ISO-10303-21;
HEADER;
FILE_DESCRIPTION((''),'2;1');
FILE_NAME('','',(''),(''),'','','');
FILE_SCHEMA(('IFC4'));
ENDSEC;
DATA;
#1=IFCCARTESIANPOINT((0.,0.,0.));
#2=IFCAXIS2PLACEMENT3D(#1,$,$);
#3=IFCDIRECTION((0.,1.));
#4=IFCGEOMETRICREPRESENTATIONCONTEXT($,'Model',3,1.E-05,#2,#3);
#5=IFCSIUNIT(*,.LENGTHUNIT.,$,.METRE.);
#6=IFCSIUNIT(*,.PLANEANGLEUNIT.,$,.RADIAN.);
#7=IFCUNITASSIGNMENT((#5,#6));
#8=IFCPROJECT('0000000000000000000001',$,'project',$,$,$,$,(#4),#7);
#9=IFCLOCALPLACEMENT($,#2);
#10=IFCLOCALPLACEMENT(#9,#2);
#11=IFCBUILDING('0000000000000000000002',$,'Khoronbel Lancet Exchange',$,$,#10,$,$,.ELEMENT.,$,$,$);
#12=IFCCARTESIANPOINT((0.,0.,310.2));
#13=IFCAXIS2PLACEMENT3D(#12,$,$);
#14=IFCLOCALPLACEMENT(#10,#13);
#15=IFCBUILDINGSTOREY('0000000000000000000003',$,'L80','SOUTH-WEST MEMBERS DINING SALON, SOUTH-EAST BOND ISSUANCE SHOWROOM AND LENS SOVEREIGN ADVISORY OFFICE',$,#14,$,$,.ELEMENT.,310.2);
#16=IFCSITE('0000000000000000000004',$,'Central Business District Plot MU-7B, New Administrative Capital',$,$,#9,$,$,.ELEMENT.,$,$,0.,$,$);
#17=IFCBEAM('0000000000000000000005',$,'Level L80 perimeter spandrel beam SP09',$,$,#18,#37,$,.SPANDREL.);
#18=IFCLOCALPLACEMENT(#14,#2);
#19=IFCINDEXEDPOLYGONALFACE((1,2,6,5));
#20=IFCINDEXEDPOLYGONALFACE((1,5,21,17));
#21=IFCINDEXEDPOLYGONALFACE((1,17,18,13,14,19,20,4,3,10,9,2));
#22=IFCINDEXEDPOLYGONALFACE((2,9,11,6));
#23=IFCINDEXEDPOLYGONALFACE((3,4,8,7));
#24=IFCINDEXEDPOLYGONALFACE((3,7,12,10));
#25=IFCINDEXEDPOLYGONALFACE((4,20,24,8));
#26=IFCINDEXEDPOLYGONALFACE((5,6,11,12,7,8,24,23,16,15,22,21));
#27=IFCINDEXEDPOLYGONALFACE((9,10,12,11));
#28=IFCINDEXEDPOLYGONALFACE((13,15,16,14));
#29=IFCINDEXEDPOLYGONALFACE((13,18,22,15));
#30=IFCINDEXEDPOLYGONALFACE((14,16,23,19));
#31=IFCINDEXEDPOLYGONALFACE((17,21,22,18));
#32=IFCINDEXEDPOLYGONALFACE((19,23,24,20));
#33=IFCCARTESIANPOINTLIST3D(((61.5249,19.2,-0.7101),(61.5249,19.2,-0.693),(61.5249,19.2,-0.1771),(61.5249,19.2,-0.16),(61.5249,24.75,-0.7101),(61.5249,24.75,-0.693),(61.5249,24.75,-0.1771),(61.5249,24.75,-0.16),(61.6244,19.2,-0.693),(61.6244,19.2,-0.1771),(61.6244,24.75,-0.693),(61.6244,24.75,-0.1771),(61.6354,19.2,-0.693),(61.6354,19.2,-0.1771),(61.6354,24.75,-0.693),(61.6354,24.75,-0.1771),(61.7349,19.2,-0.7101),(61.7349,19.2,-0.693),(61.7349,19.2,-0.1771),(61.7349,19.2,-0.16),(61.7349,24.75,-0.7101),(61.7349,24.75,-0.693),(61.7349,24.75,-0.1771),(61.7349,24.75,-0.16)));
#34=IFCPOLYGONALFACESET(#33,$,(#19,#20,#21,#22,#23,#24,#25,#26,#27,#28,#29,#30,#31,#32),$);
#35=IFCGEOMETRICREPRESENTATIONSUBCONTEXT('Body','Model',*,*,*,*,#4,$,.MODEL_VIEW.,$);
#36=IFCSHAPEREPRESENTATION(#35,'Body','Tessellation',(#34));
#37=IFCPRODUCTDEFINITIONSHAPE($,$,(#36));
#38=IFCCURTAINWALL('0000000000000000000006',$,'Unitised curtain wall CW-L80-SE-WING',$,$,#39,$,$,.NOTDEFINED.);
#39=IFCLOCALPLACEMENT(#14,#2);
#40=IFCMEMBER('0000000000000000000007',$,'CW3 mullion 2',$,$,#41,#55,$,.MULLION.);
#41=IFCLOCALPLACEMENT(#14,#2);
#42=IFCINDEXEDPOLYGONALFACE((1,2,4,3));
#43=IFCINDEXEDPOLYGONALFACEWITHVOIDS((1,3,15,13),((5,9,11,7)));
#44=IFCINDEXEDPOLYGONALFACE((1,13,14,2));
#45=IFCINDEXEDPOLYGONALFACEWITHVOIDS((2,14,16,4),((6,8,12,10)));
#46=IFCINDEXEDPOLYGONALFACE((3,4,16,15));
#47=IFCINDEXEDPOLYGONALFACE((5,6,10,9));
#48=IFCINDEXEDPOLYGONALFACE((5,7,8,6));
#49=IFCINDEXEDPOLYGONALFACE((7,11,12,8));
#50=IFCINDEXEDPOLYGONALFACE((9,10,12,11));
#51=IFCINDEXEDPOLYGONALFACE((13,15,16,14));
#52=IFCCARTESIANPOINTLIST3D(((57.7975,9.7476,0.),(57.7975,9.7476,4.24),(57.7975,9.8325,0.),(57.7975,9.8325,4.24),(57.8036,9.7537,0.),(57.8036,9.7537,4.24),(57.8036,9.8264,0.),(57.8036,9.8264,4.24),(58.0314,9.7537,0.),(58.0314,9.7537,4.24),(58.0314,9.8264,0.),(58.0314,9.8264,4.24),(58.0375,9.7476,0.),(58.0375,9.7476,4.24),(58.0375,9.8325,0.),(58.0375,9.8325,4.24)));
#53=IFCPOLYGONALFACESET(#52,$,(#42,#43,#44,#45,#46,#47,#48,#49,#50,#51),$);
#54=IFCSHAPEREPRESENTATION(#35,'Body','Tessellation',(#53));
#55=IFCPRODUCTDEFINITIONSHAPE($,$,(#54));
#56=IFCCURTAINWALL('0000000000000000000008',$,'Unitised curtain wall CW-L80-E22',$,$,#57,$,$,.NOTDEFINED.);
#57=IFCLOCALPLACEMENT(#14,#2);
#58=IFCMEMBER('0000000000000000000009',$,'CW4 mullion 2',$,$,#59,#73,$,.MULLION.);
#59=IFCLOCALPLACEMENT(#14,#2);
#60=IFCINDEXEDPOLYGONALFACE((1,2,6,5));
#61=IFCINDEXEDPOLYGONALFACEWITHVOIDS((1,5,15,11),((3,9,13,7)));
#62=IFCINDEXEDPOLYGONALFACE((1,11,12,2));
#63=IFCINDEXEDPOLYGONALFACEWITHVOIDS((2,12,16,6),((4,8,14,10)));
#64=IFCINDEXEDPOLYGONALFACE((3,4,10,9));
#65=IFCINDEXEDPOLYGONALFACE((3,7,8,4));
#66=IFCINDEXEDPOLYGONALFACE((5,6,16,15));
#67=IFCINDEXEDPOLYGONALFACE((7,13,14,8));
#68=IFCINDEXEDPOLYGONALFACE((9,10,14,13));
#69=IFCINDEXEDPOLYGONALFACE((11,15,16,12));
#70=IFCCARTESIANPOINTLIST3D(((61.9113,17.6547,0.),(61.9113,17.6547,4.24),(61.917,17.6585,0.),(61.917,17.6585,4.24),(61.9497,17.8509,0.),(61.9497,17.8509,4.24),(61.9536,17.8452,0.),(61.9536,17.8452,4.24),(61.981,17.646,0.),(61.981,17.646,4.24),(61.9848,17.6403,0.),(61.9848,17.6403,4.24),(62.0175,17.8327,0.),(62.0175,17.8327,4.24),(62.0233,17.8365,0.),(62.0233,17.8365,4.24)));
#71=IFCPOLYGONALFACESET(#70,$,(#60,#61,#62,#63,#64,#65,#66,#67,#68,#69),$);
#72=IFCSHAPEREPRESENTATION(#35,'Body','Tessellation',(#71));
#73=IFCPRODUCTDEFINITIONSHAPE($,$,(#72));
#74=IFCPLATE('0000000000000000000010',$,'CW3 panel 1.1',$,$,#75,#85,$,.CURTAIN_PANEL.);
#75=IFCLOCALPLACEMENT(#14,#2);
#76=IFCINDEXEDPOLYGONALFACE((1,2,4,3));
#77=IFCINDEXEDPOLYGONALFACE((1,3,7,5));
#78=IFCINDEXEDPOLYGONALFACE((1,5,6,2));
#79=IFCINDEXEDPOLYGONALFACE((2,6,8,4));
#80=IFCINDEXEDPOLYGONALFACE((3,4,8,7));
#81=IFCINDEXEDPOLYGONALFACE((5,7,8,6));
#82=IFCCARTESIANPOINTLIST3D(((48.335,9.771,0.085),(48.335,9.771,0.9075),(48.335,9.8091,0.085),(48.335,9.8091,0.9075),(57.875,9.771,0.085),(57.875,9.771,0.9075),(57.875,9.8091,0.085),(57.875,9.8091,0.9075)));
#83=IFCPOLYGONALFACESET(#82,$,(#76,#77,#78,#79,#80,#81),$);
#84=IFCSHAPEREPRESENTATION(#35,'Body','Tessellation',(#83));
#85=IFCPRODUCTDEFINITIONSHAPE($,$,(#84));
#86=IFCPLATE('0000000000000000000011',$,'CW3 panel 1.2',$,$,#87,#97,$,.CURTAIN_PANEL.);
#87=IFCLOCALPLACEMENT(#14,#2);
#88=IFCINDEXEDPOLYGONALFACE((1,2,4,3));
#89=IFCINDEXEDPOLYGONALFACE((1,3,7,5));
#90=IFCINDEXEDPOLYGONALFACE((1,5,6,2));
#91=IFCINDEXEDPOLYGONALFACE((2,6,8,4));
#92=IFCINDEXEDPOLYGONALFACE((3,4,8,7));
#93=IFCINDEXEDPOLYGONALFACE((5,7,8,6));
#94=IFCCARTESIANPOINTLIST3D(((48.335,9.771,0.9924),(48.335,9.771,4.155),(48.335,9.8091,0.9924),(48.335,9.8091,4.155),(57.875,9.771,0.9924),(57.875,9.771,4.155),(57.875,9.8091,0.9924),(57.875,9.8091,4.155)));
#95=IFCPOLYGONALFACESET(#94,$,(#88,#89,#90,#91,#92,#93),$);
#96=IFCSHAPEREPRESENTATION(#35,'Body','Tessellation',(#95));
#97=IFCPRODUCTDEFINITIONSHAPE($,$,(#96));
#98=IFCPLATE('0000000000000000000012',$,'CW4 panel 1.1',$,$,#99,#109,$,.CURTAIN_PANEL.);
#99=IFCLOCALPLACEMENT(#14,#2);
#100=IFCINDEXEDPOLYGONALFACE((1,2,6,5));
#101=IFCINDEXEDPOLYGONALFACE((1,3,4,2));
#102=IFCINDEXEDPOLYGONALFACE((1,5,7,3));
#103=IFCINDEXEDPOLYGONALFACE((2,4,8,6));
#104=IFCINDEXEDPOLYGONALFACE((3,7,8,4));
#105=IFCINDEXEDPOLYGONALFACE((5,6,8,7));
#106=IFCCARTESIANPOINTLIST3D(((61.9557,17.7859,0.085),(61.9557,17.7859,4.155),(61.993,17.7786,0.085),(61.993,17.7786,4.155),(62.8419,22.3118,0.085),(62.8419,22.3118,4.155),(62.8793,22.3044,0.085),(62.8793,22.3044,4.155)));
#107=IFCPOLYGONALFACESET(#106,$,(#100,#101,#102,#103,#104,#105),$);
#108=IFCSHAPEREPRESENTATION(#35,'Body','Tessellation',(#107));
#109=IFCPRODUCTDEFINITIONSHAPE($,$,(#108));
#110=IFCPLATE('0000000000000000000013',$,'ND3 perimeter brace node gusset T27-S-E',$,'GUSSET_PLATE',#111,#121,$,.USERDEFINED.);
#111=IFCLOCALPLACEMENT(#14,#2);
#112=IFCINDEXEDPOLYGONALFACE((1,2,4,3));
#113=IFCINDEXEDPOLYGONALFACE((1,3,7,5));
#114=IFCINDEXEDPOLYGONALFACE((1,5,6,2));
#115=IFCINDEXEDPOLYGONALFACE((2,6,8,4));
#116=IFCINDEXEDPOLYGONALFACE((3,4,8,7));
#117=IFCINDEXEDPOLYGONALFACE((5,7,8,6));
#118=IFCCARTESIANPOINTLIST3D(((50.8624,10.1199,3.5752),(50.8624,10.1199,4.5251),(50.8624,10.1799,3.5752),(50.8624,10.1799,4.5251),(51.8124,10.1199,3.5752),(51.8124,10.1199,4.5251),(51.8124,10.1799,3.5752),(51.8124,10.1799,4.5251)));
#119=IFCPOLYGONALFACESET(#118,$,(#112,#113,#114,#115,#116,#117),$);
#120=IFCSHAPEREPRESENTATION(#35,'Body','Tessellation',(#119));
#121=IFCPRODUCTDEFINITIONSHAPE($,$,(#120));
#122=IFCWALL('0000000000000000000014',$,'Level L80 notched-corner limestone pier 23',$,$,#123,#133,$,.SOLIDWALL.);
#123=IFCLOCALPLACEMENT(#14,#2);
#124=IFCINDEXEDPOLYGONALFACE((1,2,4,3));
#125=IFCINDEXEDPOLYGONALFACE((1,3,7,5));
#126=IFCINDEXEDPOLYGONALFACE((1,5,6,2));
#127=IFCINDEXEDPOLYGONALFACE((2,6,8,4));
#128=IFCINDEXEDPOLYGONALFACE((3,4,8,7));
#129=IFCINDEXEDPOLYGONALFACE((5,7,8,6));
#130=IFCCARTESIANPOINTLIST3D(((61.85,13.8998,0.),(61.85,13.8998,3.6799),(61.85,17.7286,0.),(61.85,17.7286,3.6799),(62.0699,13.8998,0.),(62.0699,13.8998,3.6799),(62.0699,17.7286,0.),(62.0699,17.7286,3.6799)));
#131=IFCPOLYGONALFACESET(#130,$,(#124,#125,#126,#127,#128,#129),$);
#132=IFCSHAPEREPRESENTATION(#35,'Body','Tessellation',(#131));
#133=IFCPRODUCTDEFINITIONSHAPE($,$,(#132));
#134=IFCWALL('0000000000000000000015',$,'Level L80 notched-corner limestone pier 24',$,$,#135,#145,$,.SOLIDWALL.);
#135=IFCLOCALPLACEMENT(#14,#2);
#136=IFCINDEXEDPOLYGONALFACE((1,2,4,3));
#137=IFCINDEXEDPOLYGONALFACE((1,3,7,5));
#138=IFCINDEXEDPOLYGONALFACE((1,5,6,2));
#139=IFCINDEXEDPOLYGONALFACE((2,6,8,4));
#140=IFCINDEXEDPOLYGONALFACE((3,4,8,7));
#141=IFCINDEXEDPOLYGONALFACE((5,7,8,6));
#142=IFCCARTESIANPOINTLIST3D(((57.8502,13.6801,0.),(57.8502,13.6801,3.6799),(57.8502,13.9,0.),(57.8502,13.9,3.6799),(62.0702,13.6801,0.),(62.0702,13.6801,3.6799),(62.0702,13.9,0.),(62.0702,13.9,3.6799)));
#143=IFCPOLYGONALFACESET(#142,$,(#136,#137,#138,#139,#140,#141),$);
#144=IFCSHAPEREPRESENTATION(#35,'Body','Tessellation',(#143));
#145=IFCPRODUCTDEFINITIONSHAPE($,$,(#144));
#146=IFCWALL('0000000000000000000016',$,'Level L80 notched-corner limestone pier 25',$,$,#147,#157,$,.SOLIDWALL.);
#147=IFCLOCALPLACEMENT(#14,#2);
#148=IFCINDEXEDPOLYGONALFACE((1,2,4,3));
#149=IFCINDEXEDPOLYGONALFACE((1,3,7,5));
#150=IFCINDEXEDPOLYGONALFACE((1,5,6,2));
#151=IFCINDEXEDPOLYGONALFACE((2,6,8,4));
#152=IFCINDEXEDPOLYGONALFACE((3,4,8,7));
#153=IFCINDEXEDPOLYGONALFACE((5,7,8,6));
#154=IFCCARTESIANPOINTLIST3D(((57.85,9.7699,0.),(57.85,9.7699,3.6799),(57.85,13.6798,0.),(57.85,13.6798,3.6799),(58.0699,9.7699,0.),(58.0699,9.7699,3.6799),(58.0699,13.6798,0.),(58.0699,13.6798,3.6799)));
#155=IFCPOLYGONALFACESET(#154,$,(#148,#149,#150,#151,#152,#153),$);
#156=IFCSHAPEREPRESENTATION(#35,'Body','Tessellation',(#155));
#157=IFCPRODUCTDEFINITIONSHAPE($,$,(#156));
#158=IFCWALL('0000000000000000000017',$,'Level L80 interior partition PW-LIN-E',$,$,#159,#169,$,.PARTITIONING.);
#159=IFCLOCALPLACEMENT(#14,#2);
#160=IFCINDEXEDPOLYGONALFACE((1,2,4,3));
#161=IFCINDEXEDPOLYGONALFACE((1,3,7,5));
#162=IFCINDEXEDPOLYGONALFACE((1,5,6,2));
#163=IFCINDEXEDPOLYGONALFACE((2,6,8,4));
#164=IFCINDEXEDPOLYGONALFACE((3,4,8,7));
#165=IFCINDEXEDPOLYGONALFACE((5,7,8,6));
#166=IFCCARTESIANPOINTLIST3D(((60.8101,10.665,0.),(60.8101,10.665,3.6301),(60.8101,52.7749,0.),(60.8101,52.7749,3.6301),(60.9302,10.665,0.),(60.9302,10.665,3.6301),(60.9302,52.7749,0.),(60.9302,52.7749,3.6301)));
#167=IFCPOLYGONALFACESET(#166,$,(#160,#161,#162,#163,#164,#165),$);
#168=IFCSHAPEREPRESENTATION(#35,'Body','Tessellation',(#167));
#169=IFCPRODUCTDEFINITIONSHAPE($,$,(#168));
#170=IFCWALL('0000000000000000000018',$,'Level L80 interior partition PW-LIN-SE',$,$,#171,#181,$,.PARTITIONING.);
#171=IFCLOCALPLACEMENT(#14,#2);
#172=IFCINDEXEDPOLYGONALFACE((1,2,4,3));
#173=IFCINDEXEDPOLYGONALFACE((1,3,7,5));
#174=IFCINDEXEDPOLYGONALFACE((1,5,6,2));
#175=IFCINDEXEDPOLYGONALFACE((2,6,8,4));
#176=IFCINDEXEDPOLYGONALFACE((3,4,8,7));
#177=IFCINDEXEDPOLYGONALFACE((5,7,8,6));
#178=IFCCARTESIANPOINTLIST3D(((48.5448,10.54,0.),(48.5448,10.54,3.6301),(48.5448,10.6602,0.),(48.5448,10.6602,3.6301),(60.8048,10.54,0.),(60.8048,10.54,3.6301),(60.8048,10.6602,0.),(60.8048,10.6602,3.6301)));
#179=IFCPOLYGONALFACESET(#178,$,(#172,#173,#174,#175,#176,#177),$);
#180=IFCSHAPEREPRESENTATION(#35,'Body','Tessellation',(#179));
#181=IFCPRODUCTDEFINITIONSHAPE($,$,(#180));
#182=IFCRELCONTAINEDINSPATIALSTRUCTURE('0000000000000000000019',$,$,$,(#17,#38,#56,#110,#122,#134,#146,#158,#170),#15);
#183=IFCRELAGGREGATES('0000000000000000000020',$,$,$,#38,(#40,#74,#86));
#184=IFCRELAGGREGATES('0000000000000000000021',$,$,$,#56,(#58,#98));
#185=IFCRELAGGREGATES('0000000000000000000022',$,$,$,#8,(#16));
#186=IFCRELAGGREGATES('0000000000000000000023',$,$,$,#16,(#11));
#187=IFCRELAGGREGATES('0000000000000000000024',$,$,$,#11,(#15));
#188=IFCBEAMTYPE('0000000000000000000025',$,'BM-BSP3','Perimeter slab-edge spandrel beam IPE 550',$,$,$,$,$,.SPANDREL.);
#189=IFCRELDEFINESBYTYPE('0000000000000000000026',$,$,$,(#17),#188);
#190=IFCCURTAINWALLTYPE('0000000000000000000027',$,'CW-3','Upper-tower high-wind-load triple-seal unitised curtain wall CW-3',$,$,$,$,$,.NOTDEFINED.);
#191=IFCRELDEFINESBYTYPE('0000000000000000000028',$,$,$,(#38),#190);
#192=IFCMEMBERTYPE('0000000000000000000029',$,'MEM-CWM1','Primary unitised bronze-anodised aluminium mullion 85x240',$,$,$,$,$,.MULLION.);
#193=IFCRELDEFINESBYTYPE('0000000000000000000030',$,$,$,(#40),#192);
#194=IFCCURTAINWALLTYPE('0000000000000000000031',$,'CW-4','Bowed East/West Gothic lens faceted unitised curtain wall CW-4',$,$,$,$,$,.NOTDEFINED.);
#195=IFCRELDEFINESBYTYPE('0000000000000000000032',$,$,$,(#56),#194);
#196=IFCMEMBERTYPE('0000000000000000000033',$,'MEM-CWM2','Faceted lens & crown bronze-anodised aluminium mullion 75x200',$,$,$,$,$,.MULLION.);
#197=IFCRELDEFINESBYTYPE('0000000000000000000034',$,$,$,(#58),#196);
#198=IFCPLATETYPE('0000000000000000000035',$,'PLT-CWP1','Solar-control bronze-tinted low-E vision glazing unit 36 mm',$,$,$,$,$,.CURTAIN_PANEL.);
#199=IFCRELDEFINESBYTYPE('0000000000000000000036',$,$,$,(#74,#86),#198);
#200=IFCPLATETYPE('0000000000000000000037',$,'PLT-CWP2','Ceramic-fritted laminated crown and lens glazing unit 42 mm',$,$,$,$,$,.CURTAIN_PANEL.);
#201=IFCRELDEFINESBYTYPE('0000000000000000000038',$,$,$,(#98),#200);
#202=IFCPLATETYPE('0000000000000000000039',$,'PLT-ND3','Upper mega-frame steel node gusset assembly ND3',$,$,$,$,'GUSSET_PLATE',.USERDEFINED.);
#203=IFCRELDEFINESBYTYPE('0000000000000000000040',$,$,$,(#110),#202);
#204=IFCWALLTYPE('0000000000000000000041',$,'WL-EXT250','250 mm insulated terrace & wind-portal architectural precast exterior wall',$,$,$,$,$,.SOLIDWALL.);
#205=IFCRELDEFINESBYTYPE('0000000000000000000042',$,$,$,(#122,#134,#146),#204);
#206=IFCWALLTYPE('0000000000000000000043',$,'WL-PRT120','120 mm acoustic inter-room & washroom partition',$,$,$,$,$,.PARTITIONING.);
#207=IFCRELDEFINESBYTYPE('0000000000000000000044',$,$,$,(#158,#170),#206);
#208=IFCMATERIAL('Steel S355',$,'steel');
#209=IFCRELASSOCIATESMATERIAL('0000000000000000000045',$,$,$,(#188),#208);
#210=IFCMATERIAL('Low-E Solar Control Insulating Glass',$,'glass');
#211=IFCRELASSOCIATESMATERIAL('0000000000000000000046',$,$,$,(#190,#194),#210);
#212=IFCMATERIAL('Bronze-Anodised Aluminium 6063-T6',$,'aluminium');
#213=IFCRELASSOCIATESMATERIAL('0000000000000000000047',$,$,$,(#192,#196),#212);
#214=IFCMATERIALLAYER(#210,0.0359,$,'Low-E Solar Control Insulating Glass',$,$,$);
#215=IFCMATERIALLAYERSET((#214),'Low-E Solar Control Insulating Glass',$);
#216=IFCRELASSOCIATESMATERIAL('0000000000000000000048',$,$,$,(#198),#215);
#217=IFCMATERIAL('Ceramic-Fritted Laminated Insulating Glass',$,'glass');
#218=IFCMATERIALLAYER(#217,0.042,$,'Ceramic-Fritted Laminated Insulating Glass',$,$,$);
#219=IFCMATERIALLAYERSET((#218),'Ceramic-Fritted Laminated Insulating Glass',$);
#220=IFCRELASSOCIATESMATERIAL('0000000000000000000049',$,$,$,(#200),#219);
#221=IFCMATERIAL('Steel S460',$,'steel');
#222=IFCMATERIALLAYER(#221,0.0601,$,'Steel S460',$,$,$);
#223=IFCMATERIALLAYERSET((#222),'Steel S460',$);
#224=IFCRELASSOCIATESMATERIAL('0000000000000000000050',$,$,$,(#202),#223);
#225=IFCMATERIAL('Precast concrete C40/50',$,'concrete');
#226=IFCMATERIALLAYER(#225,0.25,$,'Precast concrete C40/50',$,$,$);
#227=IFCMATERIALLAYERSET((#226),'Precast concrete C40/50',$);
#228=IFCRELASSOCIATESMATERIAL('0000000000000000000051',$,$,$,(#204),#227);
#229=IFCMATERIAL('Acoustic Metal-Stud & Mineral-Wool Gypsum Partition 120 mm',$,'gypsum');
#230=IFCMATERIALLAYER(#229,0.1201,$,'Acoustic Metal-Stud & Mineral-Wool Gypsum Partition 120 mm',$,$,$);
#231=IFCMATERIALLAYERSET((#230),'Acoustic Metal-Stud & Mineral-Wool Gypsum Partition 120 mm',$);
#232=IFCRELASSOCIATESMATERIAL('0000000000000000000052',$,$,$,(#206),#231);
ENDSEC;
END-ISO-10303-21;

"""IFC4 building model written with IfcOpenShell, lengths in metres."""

from ifc_helpers import new_model, si_unit, direction, frame, frame_2d, origin, origin_2d, place, context, subcontext, project, spatial, rectangle, hollow_rectangle, i_section, extrude, material, layer, layer_set, material_profile, profile_set, type_object, element, aggregate, save


model = new_model("IFC4")

# Units and contexts
model_context = context("Model", 3, precision=1e-05, world=origin(), true_north=direction((0.0, 1.0)))
body_context = subcontext(model_context, "Body", "Model", "MODEL_VIEW")
ifc_project = project(units=[si_unit("LENGTHUNIT", "METRE"), si_unit("PLANEANGLEUNIT", "RADIAN")], contexts=[model_context])

# Site, building, storey
site_placement = place(None, origin())
site = spatial("IfcSite", under=ifc_project, at=site_placement, Name="Central Business District Plot MU-7B, New Administrative Capital", CompositionType="ELEMENT", RefElevation=0.0)
building_placement = place(site_placement, origin())
building = spatial("IfcBuilding", under=site, at=building_placement, Name="Khoronbel Lancet Exchange", CompositionType="ELEMENT")
storey_placement = place(building_placement, frame((0.0, 0.0, 310.2)))
storey = spatial("IfcBuildingStorey", under=building, at=storey_placement, Name="L80", Description="SOUTH-WEST MEMBERS DINING SALON, SOUTH-EAST BOND ISSUANCE SHOWROOM AND LENS SOVEREIGN ADVISORY OFFICE", CompositionType="ELEMENT", Elevation=310.2)

# Shared definitions
ifc_material_1 = material(Name="Steel S460", Category="steel")
ifc_material_2 = material(Name="Steel S355", Category="steel")

# Beam
ifc_material_profile_1 = material_profile(ifc_material_2, i_section(OverallWidth=0.21, OverallDepth=0.55, WebThickness=0.011, FlangeThickness=0.0171, at=origin_2d()), Name="IPE 550")
ifc_profile_set_1 = profile_set([ifc_material_profile_1], Name="Steel S355")
beam_type_1 = type_object("IfcBeamType", Name="BM-BSP3", Description="Perimeter slab-edge spandrel beam IPE 550", PredefinedType="SPANDREL", material=ifc_profile_set_1)
beam_1_placement = place(storey_placement, frame((61.6299, 19.2, -0.4351), z_axis=(0.0, 1.0, 0.0), x_axis=(-1.0, 0.0, 0.0)))
element("IfcBeam", 1, at=beam_1_placement, inside=storey, type_object=beam_type_1, Name="Level L80 perimeter spandrel beam SP09", PredefinedType="SPANDREL", context=body_context, shape_type="SweptSolid", body=[
    extrude(i_section(OverallWidth=0.21, OverallDepth=0.55, WebThickness=0.011, FlangeThickness=0.0171, at=origin_2d()), origin(), (0.0, 0.0, 1.0), 5.55),
])

# Curtain walls, members
ifc_material_3 = material(Name="Low-E Solar Control Insulating Glass", Category="glass")
curtain_wall_type_1 = type_object("IfcCurtainWallType", Name="CW-3", Description="Upper-tower high-wind-load triple-seal unitised curtain wall CW-3", PredefinedType="NOTDEFINED", material=ifc_material_3)
curtain_wall_1_placement = place(storey_placement, origin())
curtain_wall_1 = element("IfcCurtainWall", 2, at=curtain_wall_1_placement, inside=storey, type_object=curtain_wall_type_1, Name="Unitised curtain wall CW-L80-SE-WING", PredefinedType="NOTDEFINED")
ifc_material_4 = material(Name="Bronze-Anodised Aluminium 6063-T6", Category="aluminium")
ifc_material_profile_2 = material_profile(ifc_material_4, hollow_rectangle(XDim=0.085, YDim=0.24, WallThickness=0.0061, at=origin_2d()), Name="ALU MULLION 85x240")
ifc_profile_set_2 = profile_set([ifc_material_profile_2], Name="Bronze-Anodised Aluminium 6063-T6")
member_type_1 = type_object("IfcMemberType", Name="MEM-CWM1", Description="Primary unitised bronze-anodised aluminium mullion 85x240", PredefinedType="MULLION", material=ifc_profile_set_2)
member_1_placement = place(storey_placement, frame((57.9175, 9.79, 0.0), z_axis=(0.0, 0.0, 1.0), x_axis=(0.0, 1.0, 0.0)))
member_1 = element("IfcMember", 3, at=member_1_placement, type_object=member_type_1, Name="CW3 mullion 2", PredefinedType="MULLION", context=body_context, shape_type="SweptSolid", body=[
    extrude(hollow_rectangle(XDim=0.085, YDim=0.24, WallThickness=0.0061, at=origin_2d()), origin(), (0.0, 0.0, 1.0), 4.24),
])
curtain_wall_type_2 = type_object("IfcCurtainWallType", Name="CW-4", Description="Bowed East/West Gothic lens faceted unitised curtain wall CW-4", PredefinedType="NOTDEFINED", material=ifc_material_3)
curtain_wall_2_placement = place(storey_placement, origin())
curtain_wall_2 = element("IfcCurtainWall", 4, at=curtain_wall_2_placement, inside=storey, type_object=curtain_wall_type_2, Name="Unitised curtain wall CW-L80-E22", PredefinedType="NOTDEFINED")
ifc_material_profile_3 = material_profile(ifc_material_4, hollow_rectangle(XDim=0.075, YDim=0.2, WallThickness=0.0049, at=origin_2d()), Name="ALU MULLION 75x200")
ifc_profile_set_3 = profile_set([ifc_material_profile_3], Name="Bronze-Anodised Aluminium 6063-T6")
member_type_2 = type_object("IfcMemberType", Name="MEM-CWM2", Description="Faceted lens & crown bronze-anodised aluminium mullion 75x200", PredefinedType="MULLION", material=ifc_profile_set_3)
member_2_placement = place(storey_placement, frame((61.9673, 17.7456, 0.0), z_axis=(0.0, 0.0, 1.0), x_axis=(0.98136, -0.192177, 0.0)))
member_2 = element("IfcMember", 5, at=member_2_placement, type_object=member_type_2, Name="CW4 mullion 2", PredefinedType="MULLION", context=body_context, shape_type="SweptSolid", body=[
    extrude(hollow_rectangle(XDim=0.075, YDim=0.2, WallThickness=0.0049, at=origin_2d()), origin(), (0.0, 0.0, 1.0), 4.24),
])

# Plates
ifc_layer_1 = layer(ifc_material_3, 0.0359, Name="Low-E Solar Control Insulating Glass")
ifc_layer_set_1 = layer_set([ifc_layer_1], Name="Low-E Solar Control Insulating Glass")
plate_type_1 = type_object("IfcPlateType", Name="PLT-CWP1", Description="Solar-control bronze-tinted low-E vision glazing unit 36 mm", PredefinedType="CURTAIN_PANEL", material=ifc_layer_set_1)
plate_1_placement = place(storey_placement, frame((53.105, 9.79, 0.085), z_axis=(0.0, 0.0, 1.0), x_axis=(1.0, 0.0, 0.0)))
plate_1 = element("IfcPlate", 6, at=plate_1_placement, type_object=plate_type_1, Name="CW3 panel 1.1", PredefinedType="CURTAIN_PANEL", context=body_context, shape_type="SweptSolid", body=[
    extrude(rectangle(XDim=9.54, YDim=0.0381, at=origin_2d()), origin(), (0.0, 0.0, 1.0), 0.8225),
])
plate_2_placement = place(storey_placement, frame((53.105, 9.79, 0.9924), z_axis=(0.0, 0.0, 1.0), x_axis=(1.0, 0.0, 0.0)))
plate_2 = element("IfcPlate", 7, at=plate_2_placement, type_object=plate_type_1, Name="CW3 panel 1.2", PredefinedType="CURTAIN_PANEL", context=body_context, shape_type="SweptSolid", body=[
    extrude(rectangle(XDim=9.54, YDim=0.0381, at=origin_2d()), origin(), (0.0, 0.0, 1.0), 3.1626),
])
aggregate(curtain_wall_1, [member_1, plate_1, plate_2])
ifc_material_5 = material(Name="Ceramic-Fritted Laminated Insulating Glass", Category="glass")
ifc_layer_2 = layer(ifc_material_5, 0.042, Name="Ceramic-Fritted Laminated Insulating Glass")
ifc_layer_set_2 = layer_set([ifc_layer_2], Name="Ceramic-Fritted Laminated Insulating Glass")
plate_type_2 = type_object("IfcPlateType", Name="PLT-CWP2", Description="Ceramic-fritted laminated crown and lens glazing unit 42 mm", PredefinedType="CURTAIN_PANEL", material=ifc_layer_set_2)
plate_3_placement = place(storey_placement, frame((62.4175, 20.0452, 0.085), z_axis=(0.0, 0.0, 1.0), x_axis=(-0.192177, -0.98136, 0.0)))
plate_3 = element("IfcPlate", 8, at=plate_3_placement, type_object=plate_type_2, Name="CW4 panel 1.1", PredefinedType="CURTAIN_PANEL", context=body_context, shape_type="SweptSolid", body=[
    extrude(rectangle(XDim=4.6118, YDim=0.0381, at=origin_2d()), origin(), (0.0, 0.0, 1.0), 4.0701),
])
aggregate(curtain_wall_2, [member_2, plate_3])
ifc_layer_3 = layer(ifc_material_1, 0.0601, Name="Steel S460")
ifc_layer_set_3 = layer_set([ifc_layer_3], Name="Steel S460")
plate_type_3 = type_object("IfcPlateType", Name="PLT-ND3", Description="Upper mega-frame steel node gusset assembly ND3", ElementType="GUSSET_PLATE", PredefinedType="USERDEFINED", material=ifc_layer_set_3)
plate_4_placement = place(storey_placement, frame((51.3374, 10.1499, 3.5752), z_axis=(0.0, 0.0, 1.0), x_axis=(1.0, 0.0, 0.0)))
element("IfcPlate", 9, at=plate_4_placement, inside=storey, type_object=plate_type_3, Name="ND3 perimeter brace node gusset T27-S-E", ObjectType="GUSSET_PLATE", PredefinedType="USERDEFINED", context=body_context, shape_type="SweptSolid", body=[
    extrude(rectangle(XDim=0.95, YDim=0.0601, at=origin_2d()), origin(), (0.0, 0.0, 1.0), 0.95),
])

# Walls
ifc_material_6 = material(Name="Precast concrete C40/50", Category="concrete")
ifc_layer_4 = layer(ifc_material_6, 0.25, Name="Precast concrete C40/50")
ifc_layer_set_4 = layer_set([ifc_layer_4], Name="Precast concrete C40/50")
wall_type_1 = type_object("IfcWallType", Name="WL-EXT250", Description="250 mm insulated terrace & wind-portal architectural precast exterior wall", PredefinedType="SOLIDWALL", material=ifc_layer_set_4)
wall_1_placement = place(storey_placement, frame((61.96, 17.7288, 0.0), z_axis=(0.0, 0.0, 1.0), x_axis=(0.0, -1.0, 0.0)))
element("IfcWall", 10, at=wall_1_placement, inside=storey, type_object=wall_type_1, Name="Level L80 notched-corner limestone pier 23", PredefinedType="SOLIDWALL", context=body_context, shape_type="SweptSolid", body=[
    extrude(rectangle(XDim=3.8289, YDim=0.22, at=frame_2d((1.9146, 0.0))), origin(), (0.0, 0.0, 1.0), 3.6799),
])
wall_2_placement = place(storey_placement, frame((62.0701, 13.79, 0.0), z_axis=(0.0, 0.0, 1.0), x_axis=(-1.0, 0.0, 0.0)))
element("IfcWall", 11, at=wall_2_placement, inside=storey, type_object=wall_type_1, Name="Level L80 notched-corner limestone pier 24", PredefinedType="SOLIDWALL", context=body_context, shape_type="SweptSolid", body=[
    extrude(rectangle(XDim=4.22, YDim=0.22, at=frame_2d((2.1099, 0.0))), origin(), (0.0, 0.0, 1.0), 3.6799),
])
wall_3_placement = place(storey_placement, frame((57.96, 13.6799, 0.0), z_axis=(0.0, 0.0, 1.0), x_axis=(0.0, -1.0, 0.0)))
element("IfcWall", 12, at=wall_3_placement, inside=storey, type_object=wall_type_1, Name="Level L80 notched-corner limestone pier 25", PredefinedType="SOLIDWALL", context=body_context, shape_type="SweptSolid", body=[
    extrude(rectangle(XDim=3.9099, YDim=0.22, at=frame_2d((1.9551, 0.0))), origin(), (0.0, 0.0, 1.0), 3.6799),
])
ifc_material_7 = material(Name="Acoustic Metal-Stud & Mineral-Wool Gypsum Partition 120 mm", Category="gypsum")
ifc_layer_5 = layer(ifc_material_7, 0.1201, Name="Acoustic Metal-Stud & Mineral-Wool Gypsum Partition 120 mm")
ifc_layer_set_5 = layer_set([ifc_layer_5], Name="Acoustic Metal-Stud & Mineral-Wool Gypsum Partition 120 mm")
wall_type_2 = type_object("IfcWallType", Name="WL-PRT120", Description="120 mm acoustic inter-room & washroom partition", PredefinedType="PARTITIONING", material=ifc_layer_set_5)
wall_4_placement = place(storey_placement, frame((60.8701, 10.665, 0.0), z_axis=(0.0, 0.0, 1.0), x_axis=(0.0, 1.0, 0.0)))
element("IfcWall", 13, at=wall_4_placement, inside=storey, type_object=wall_type_2, Name="Level L80 interior partition PW-LIN-E", PredefinedType="PARTITIONING", context=body_context, shape_type="SweptSolid", body=[
    extrude(rectangle(XDim=42.1099, YDim=0.1201, at=frame_2d((21.0549, 0.0))), origin(), (0.0, 0.0, 1.0), 3.6301),
])
wall_5_placement = place(storey_placement, frame((48.5449, 10.6001, 0.0), z_axis=(0.0, 0.0, 1.0), x_axis=(1.0, 0.0, 0.0)))
element("IfcWall", 14, at=wall_5_placement, inside=storey, type_object=wall_type_2, Name="Level L80 interior partition PW-LIN-SE", PredefinedType="PARTITIONING", context=body_context, shape_type="SweptSolid", body=[
    extrude(rectangle(XDim=12.26, YDim=0.1201, at=frame_2d((6.1299, 0.0))), origin(), (0.0, 0.0, 1.0), 3.6301),
])

save(model, "model.ifc")
